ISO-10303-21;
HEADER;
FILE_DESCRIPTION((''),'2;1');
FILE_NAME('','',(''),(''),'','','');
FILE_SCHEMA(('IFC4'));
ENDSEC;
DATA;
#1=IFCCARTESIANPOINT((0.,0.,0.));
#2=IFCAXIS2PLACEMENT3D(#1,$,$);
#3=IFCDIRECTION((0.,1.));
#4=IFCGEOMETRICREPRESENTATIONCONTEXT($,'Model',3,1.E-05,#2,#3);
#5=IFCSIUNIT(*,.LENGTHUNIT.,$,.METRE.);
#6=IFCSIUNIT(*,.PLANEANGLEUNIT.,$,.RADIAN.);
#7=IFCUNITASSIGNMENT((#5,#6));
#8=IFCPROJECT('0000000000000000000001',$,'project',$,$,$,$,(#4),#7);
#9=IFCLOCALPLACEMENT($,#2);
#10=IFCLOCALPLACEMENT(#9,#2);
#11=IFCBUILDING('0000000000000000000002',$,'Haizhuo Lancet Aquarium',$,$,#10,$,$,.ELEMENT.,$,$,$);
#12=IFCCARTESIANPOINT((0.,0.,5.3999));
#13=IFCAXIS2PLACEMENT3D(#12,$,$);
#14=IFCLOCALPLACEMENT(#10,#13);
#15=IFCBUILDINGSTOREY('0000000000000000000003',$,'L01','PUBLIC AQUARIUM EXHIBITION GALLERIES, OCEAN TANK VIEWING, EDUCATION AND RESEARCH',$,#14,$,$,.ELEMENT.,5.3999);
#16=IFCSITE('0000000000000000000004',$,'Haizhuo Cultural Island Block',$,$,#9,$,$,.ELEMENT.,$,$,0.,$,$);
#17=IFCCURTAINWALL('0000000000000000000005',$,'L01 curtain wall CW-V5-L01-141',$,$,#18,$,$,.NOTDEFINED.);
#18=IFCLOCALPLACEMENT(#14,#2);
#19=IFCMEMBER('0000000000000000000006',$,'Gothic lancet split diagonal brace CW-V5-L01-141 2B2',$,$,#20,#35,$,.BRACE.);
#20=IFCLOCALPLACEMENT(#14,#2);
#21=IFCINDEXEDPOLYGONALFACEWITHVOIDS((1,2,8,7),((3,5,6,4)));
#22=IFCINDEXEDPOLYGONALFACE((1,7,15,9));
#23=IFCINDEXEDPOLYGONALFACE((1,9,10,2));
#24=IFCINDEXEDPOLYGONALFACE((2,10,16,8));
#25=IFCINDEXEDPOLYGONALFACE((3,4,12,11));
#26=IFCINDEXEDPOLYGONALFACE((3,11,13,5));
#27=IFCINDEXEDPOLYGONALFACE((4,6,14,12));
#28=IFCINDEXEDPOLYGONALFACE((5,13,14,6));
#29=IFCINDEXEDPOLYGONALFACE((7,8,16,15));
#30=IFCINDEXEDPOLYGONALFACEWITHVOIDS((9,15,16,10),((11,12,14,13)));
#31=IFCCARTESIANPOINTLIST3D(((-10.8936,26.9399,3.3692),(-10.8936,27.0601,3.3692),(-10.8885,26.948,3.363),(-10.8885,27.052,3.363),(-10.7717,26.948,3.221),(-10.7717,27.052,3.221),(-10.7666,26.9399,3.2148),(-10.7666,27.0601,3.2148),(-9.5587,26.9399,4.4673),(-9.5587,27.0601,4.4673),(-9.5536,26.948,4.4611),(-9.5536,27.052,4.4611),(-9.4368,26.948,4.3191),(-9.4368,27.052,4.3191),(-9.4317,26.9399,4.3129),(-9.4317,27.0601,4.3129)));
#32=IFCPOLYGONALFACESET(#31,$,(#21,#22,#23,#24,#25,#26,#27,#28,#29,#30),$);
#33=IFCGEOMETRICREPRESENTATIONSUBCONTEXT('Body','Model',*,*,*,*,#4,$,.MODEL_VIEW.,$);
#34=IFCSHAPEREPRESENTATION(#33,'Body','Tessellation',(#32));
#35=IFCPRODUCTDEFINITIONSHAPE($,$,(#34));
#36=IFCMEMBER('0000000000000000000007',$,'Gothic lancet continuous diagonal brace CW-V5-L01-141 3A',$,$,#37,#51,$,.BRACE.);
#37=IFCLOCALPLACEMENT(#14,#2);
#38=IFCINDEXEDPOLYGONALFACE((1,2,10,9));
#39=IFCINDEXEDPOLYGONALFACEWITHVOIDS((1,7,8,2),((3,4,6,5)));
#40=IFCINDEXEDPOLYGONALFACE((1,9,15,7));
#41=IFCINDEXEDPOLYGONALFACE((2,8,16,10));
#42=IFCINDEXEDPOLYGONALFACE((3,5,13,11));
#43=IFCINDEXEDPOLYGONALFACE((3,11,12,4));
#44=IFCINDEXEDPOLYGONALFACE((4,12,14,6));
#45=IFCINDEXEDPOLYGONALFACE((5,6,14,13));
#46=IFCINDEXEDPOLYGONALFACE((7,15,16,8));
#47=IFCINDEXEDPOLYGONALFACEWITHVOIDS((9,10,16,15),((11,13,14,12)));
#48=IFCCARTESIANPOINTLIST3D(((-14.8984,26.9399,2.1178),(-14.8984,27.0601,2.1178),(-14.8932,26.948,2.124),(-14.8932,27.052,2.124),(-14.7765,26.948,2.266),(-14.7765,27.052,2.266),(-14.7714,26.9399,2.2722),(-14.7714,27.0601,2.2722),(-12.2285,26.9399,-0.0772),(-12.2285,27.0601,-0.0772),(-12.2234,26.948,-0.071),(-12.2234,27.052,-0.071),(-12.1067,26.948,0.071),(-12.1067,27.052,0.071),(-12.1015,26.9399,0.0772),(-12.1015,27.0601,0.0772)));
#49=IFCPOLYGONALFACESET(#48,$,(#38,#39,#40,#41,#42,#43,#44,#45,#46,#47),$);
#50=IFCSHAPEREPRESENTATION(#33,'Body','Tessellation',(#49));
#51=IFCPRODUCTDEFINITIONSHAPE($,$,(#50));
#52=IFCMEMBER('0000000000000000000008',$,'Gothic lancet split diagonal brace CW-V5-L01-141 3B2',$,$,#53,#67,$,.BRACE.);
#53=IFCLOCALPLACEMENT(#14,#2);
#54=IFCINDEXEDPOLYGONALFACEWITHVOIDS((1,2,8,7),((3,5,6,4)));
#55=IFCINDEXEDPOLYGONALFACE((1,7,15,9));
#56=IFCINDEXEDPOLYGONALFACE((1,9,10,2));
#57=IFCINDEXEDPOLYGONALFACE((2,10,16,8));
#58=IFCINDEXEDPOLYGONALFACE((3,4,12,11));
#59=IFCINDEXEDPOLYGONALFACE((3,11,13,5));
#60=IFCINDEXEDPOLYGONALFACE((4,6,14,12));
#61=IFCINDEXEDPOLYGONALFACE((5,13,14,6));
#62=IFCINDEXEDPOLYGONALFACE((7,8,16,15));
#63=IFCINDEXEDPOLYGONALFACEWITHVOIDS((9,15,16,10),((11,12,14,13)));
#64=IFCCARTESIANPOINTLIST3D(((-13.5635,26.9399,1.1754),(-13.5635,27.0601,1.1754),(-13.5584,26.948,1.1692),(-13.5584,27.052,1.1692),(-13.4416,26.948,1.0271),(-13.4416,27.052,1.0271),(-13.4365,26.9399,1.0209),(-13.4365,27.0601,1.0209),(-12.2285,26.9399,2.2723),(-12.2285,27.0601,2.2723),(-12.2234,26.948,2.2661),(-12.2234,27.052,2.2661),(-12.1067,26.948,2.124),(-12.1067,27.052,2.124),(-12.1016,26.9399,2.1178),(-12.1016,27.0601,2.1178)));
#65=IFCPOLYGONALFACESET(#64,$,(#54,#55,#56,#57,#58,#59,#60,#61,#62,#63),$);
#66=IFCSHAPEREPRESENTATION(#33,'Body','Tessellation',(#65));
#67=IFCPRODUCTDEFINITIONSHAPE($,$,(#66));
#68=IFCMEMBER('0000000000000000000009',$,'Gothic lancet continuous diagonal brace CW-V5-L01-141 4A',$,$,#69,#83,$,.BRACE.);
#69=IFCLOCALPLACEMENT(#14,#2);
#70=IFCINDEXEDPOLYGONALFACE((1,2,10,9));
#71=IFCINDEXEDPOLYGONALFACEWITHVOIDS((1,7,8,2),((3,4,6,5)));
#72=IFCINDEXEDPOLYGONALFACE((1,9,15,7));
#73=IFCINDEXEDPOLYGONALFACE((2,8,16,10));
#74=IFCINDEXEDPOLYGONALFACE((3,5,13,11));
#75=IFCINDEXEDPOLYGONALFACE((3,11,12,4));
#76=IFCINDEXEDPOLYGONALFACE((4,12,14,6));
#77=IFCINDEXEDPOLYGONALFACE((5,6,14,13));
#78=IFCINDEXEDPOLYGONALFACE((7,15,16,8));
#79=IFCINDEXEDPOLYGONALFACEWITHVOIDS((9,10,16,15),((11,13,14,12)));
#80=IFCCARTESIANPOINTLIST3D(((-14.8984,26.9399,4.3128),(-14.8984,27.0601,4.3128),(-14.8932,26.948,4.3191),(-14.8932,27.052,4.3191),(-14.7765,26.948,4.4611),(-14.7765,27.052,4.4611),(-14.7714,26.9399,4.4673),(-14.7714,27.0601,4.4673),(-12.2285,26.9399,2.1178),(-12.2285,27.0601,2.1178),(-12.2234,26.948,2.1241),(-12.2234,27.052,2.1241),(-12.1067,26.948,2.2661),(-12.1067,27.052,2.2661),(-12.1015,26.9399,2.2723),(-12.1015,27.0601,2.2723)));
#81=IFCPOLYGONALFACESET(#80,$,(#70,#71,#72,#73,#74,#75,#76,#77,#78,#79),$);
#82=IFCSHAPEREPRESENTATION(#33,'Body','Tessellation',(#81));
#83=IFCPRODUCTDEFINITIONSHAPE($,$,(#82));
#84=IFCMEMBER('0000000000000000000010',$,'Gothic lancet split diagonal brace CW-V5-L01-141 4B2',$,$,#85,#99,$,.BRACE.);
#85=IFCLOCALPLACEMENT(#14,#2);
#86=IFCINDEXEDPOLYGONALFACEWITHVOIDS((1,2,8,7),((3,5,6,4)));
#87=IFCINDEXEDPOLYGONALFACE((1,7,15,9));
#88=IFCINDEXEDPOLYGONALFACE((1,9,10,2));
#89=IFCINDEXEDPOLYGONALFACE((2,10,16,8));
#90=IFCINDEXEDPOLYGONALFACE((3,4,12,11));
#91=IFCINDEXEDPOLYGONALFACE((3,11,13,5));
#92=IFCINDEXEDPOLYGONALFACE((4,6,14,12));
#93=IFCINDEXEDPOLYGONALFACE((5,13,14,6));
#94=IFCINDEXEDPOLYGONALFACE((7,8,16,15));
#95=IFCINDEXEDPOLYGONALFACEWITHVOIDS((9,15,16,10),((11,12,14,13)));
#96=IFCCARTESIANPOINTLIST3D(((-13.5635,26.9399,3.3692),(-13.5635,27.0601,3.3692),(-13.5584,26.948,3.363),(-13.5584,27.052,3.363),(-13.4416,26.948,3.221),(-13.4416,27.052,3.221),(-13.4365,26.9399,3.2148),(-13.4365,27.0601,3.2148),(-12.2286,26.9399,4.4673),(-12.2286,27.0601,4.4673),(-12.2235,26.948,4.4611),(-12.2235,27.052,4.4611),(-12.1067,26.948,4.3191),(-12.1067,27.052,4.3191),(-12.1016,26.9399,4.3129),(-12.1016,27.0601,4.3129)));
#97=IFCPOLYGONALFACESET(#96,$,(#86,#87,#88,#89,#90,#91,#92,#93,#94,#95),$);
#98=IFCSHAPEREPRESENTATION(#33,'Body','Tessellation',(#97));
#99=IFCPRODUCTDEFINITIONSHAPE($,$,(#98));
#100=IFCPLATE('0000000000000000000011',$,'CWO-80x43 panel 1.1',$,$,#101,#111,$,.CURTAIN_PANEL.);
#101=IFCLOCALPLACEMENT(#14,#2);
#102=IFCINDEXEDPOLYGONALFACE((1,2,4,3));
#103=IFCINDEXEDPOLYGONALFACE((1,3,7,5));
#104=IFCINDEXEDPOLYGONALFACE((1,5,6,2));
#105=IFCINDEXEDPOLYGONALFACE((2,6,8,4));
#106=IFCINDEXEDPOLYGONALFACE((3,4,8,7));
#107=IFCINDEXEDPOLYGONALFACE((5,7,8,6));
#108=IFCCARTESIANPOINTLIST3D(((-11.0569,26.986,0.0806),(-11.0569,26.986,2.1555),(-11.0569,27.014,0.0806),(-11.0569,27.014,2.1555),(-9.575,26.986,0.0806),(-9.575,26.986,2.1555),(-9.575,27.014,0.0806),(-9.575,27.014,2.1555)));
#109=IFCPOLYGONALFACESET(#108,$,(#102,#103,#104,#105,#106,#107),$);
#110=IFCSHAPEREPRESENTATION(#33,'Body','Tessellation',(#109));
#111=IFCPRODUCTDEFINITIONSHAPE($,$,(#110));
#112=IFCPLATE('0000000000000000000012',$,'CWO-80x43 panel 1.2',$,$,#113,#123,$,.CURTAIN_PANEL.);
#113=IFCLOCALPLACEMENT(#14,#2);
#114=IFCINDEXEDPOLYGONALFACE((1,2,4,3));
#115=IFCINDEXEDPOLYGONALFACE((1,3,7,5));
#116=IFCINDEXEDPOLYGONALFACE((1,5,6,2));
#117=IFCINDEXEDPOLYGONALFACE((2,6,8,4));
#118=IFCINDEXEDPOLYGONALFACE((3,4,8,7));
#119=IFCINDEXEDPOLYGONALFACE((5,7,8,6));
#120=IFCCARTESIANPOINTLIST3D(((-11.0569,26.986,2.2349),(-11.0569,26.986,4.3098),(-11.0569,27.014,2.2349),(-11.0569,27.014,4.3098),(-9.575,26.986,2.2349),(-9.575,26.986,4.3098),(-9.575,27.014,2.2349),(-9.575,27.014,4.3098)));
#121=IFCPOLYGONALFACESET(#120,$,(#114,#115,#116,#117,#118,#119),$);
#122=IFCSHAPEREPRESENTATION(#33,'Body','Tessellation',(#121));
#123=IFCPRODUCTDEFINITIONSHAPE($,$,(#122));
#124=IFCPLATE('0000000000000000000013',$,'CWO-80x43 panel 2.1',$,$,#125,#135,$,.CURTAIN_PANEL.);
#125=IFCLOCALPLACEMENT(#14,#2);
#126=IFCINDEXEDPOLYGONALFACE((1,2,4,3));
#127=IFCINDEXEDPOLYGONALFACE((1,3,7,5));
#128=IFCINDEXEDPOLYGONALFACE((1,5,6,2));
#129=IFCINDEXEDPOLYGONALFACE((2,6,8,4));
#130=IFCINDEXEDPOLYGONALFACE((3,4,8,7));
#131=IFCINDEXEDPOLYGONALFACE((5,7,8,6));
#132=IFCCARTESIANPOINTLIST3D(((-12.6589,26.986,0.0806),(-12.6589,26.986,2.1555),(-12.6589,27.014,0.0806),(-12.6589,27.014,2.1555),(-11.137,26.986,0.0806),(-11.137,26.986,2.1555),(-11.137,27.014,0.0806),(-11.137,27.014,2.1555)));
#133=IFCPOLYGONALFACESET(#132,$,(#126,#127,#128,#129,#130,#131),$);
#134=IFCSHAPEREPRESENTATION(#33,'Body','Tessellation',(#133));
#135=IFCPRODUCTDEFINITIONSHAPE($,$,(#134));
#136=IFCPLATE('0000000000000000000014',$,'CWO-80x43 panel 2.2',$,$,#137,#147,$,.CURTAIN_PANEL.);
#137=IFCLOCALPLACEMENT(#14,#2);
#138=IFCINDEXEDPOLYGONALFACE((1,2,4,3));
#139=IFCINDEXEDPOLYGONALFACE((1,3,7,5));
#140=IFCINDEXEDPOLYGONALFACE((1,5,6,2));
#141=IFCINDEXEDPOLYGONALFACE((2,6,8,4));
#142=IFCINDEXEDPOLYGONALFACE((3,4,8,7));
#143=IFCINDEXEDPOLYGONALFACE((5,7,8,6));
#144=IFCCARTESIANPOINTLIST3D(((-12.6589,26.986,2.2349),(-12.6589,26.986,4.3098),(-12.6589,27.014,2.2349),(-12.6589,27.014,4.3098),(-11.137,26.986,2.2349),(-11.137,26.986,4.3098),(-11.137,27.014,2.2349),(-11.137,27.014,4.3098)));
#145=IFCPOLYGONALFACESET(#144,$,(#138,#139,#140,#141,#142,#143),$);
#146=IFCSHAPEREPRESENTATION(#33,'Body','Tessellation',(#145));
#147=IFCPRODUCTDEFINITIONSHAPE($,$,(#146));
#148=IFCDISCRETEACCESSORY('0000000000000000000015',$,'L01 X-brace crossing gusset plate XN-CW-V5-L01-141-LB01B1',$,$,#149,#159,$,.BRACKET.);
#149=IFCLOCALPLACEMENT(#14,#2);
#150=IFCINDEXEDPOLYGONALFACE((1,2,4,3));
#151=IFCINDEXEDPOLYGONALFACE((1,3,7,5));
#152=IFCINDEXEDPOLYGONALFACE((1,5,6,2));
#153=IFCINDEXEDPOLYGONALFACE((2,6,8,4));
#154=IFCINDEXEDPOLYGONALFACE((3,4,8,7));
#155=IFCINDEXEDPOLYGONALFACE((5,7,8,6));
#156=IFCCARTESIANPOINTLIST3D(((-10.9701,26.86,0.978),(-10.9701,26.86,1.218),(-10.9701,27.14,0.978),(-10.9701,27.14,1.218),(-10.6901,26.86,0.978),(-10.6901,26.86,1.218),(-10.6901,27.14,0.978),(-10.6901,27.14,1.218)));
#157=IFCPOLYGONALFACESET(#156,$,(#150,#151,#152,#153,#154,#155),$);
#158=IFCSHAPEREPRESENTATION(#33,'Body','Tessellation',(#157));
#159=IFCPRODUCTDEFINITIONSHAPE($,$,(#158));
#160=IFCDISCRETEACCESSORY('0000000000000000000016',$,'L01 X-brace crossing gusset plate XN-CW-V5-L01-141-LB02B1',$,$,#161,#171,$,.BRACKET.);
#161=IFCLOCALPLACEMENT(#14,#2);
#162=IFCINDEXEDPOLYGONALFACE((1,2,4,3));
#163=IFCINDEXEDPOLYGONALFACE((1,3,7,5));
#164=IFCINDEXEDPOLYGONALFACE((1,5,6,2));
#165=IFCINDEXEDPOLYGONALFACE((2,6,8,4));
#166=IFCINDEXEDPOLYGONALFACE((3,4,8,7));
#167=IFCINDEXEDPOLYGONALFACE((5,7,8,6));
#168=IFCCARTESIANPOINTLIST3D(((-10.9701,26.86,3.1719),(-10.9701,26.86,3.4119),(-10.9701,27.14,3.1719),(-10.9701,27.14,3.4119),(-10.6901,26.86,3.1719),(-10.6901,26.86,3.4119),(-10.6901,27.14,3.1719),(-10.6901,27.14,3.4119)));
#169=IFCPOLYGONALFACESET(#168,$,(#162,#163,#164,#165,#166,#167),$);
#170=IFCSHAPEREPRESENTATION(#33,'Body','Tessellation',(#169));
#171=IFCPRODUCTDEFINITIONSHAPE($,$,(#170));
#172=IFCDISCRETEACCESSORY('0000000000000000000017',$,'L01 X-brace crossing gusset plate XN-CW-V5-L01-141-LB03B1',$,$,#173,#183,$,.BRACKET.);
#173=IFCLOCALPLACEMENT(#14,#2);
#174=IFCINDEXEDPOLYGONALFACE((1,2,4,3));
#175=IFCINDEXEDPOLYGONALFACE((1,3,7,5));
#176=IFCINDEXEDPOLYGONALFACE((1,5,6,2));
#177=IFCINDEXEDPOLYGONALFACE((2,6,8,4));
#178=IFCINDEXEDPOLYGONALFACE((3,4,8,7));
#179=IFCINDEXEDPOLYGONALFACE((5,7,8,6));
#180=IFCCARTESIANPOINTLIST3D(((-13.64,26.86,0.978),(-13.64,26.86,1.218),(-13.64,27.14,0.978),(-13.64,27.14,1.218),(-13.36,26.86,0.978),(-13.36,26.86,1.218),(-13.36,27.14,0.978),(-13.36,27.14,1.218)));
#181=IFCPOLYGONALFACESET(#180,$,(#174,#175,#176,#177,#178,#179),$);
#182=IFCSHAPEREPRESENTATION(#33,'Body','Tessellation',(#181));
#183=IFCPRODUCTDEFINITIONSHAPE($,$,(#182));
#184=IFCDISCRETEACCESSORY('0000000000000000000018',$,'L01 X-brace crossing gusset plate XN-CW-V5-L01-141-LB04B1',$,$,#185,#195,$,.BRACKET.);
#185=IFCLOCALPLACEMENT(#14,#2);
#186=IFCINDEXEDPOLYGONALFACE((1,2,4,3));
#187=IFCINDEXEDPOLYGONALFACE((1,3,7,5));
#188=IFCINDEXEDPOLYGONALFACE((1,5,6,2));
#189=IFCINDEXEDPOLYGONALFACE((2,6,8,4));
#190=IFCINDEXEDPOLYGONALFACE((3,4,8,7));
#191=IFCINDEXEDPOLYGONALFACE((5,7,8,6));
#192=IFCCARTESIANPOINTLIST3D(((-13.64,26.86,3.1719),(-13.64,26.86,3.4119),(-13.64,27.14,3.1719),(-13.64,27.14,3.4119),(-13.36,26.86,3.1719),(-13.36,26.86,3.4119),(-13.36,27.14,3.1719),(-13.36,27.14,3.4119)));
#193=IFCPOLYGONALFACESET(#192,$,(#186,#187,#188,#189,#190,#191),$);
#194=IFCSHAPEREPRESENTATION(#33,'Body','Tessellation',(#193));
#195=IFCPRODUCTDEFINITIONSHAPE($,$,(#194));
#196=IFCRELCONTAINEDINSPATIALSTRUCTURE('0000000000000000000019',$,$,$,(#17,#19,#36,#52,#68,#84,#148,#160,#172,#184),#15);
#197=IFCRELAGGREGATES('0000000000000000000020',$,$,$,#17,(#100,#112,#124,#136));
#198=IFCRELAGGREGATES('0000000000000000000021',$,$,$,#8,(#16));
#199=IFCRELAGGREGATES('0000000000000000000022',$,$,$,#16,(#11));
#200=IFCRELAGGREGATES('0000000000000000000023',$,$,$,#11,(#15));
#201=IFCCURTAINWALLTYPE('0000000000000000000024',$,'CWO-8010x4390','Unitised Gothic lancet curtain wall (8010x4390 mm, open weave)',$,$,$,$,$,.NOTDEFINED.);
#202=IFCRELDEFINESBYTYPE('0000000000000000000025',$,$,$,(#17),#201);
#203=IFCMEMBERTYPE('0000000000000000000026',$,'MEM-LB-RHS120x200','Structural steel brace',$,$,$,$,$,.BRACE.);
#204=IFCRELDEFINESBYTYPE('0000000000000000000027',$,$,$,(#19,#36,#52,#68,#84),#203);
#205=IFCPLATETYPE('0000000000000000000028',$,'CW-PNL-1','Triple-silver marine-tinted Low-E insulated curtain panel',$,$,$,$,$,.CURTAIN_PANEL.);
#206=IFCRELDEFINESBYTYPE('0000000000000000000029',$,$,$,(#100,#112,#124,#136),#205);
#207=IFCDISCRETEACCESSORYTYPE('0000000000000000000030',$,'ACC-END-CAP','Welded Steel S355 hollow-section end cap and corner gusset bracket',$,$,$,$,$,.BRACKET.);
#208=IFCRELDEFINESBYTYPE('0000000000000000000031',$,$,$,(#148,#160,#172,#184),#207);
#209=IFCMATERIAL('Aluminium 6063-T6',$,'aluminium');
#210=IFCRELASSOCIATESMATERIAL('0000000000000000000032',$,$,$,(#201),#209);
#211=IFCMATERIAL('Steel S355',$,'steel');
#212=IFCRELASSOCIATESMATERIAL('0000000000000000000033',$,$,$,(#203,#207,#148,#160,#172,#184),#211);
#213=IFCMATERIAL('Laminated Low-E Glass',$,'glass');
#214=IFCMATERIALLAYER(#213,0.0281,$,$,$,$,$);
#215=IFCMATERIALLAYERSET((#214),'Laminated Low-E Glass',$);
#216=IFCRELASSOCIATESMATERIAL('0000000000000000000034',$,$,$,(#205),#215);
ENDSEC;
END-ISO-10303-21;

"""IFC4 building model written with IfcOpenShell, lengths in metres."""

from ifc_helpers import new_model, si_unit, direction, frame, origin, origin_2d, place, context, subcontext, project, spatial, rectangle, hollow_rectangle, extrude, material, layer, layer_set, material_profile, profile_set, type_object, element, aggregate, save


model = new_model("IFC4")

# Units and contexts
model_context = context("Model", 3, precision=1e-05, world=origin(), true_north=direction((0.0, 1.0)))
body_context = subcontext(model_context, "Body", "Model", "MODEL_VIEW")
ifc_project = project(units=[si_unit("LENGTHUNIT", "METRE"), si_unit("PLANEANGLEUNIT", "RADIAN")], contexts=[model_context])

# Site, building, storey
site_placement = place(None, origin())
site = spatial("IfcSite", under=ifc_project, at=site_placement, Name="Haizhuo Cultural Island Block", CompositionType="ELEMENT", RefElevation=0.0)
building_placement = place(site_placement, origin())
building = spatial("IfcBuilding", under=site, at=building_placement, Name="Haizhuo Lancet Aquarium", CompositionType="ELEMENT")
storey_placement = place(building_placement, frame((0.0, 0.0, 5.3999)))
storey = spatial("IfcBuildingStorey", under=building, at=storey_placement, Name="L01", Description="PUBLIC AQUARIUM EXHIBITION GALLERIES, OCEAN TANK VIEWING, EDUCATION AND RESEARCH", CompositionType="ELEMENT", Elevation=5.3999)

# Curtain wall
ifc_material_1 = material(Name="Aluminium 6063-T6", Category="aluminium")
curtain_wall_type = type_object("IfcCurtainWallType", Name="CWO-8010x4390", Description="Unitised Gothic lancet curtain wall (8010x4390 mm, open weave)", PredefinedType="NOTDEFINED", material=ifc_material_1)
curtain_wall_placement = place(storey_placement, origin())
curtain_wall = element("IfcCurtainWall", 1, at=curtain_wall_placement, inside=storey, type_object=curtain_wall_type, Name="L01 curtain wall CW-V5-L01-141", PredefinedType="NOTDEFINED")

# Members
ifc_material_2 = material(Name="Steel S355", Category="steel")
ifc_material_profile_1 = material_profile(ifc_material_2, hollow_rectangle(XDim=0.1201, YDim=0.2, WallThickness=0.0081, at=origin_2d()), Name="RHS 120x200x8")
ifc_profile_set_1 = profile_set([ifc_material_profile_1], Name="Steel S355")
member_type_1 = type_object("IfcMemberType", Name="MEM-LB-RHS120x200", Description="Structural steel brace", PredefinedType="BRACE", material=ifc_profile_set_1)
member_1_placement = place(storey_placement, frame((-10.8301, 27.0, 3.292), z_axis=(0.772281, 0.0, 0.635281), x_axis=(0.0, 1.0, 0.0)))
element("IfcMember", 2, at=member_1_placement, inside=storey, type_object=member_type_1, Name="Gothic lancet split diagonal brace CW-V5-L01-141 2B2", PredefinedType="BRACE", context=body_context, shape_type="SweptSolid", body=[
    extrude(hollow_rectangle(XDim=0.1201, YDim=0.2, WallThickness=0.0081, at=origin_2d()), origin(), (0.0, 0.0, 1.0), 1.7285),
])
member_2_placement = place(storey_placement, frame((-12.165, 27.0, 0.0), z_axis=(-0.772454, 0.0, 0.635071), x_axis=(0.0, -1.0, 0.0)))
element("IfcMember", 3, at=member_2_placement, inside=storey, type_object=member_type_1, Name="Gothic lancet continuous diagonal brace CW-V5-L01-141 3A", PredefinedType="BRACE", context=body_context, shape_type="SweptSolid", body=[
    extrude(hollow_rectangle(XDim=0.1201, YDim=0.2, WallThickness=0.0081, at=origin_2d()), origin(), (0.0, 0.0, 1.0), 3.4563),
])
member_3_placement = place(storey_placement, frame((-13.5, 27.0, 1.0981), z_axis=(0.772627, 0.0, 0.63486), x_axis=(0.0, 1.0, 0.0)))
element("IfcMember", 4, at=member_3_placement, inside=storey, type_object=member_type_1, Name="Gothic lancet split diagonal brace CW-V5-L01-141 3B2", PredefinedType="BRACE", context=body_context, shape_type="SweptSolid", body=[
    extrude(hollow_rectangle(XDim=0.1201, YDim=0.2, WallThickness=0.0081, at=origin_2d()), origin(), (0.0, 0.0, 1.0), 1.7278),
])
member_4_placement = place(storey_placement, frame((-12.165, 27.0, 2.1951), z_axis=(-0.772454, 0.0, 0.635071), x_axis=(0.0, -1.0, 0.0)))
element("IfcMember", 5, at=member_4_placement, inside=storey, type_object=member_type_1, Name="Gothic lancet continuous diagonal brace CW-V5-L01-141 4A", PredefinedType="BRACE", context=body_context, shape_type="SweptSolid", body=[
    extrude(hollow_rectangle(XDim=0.1201, YDim=0.2, WallThickness=0.0081, at=origin_2d()), origin(), (0.0, 0.0, 1.0), 3.4563),
])
member_5_placement = place(storey_placement, frame((-13.5, 27.0, 3.292), z_axis=(0.772281, 0.0, 0.635281), x_axis=(0.0, 1.0, 0.0)))
element("IfcMember", 6, at=member_5_placement, inside=storey, type_object=member_type_1, Name="Gothic lancet split diagonal brace CW-V5-L01-141 4B2", PredefinedType="BRACE", context=body_context, shape_type="SweptSolid", body=[
    extrude(hollow_rectangle(XDim=0.1201, YDim=0.2, WallThickness=0.0081, at=origin_2d()), origin(), (0.0, 0.0, 1.0), 1.7285),
])

# Plates
ifc_material_3 = material(Name="Laminated Low-E Glass", Category="glass")
ifc_layer = layer(ifc_material_3, 0.0281)
ifc_layer_set = layer_set([ifc_layer], Name="Laminated Low-E Glass")
plate_type = type_object("IfcPlateType", Name="CW-PNL-1", Description="Triple-silver marine-tinted Low-E insulated curtain panel", PredefinedType="CURTAIN_PANEL", material=ifc_layer_set)
plate_1_placement = place(storey_placement, frame((-10.3159, 27.0, 0.0806), z_axis=(0.0, 0.0, 1.0), x_axis=(-1.0, 0.0, 0.0)))
plate_1 = element("IfcPlate", 7, at=plate_1_placement, type_object=plate_type, Name="CWO-80x43 panel 1.1", PredefinedType="CURTAIN_PANEL", context=body_context, shape_type="SweptSolid", body=[
    extrude(rectangle(XDim=1.4819, YDim=0.0281, at=origin_2d()), origin(), (0.0, 0.0, 1.0), 2.075),
])
plate_2_placement = place(storey_placement, frame((-10.3159, 27.0, 2.2349), z_axis=(0.0, 0.0, 1.0), x_axis=(-1.0, 0.0, 0.0)))
plate_2 = element("IfcPlate", 8, at=plate_2_placement, type_object=plate_type, Name="CWO-80x43 panel 1.2", PredefinedType="CURTAIN_PANEL", context=body_context, shape_type="SweptSolid", body=[
    extrude(rectangle(XDim=1.4819, YDim=0.0281, at=origin_2d()), origin(), (0.0, 0.0, 1.0), 2.075),
])
plate_3_placement = place(storey_placement, frame((-11.8979, 27.0, 0.0806), z_axis=(0.0, 0.0, 1.0), x_axis=(-1.0, 0.0, 0.0)))
plate_3 = element("IfcPlate", 9, at=plate_3_placement, type_object=plate_type, Name="CWO-80x43 panel 2.1", PredefinedType="CURTAIN_PANEL", context=body_context, shape_type="SweptSolid", body=[
    extrude(rectangle(XDim=1.522, YDim=0.0281, at=origin_2d()), origin(), (0.0, 0.0, 1.0), 2.075),
])
plate_4_placement = place(storey_placement, frame((-11.8979, 27.0, 2.2349), z_axis=(0.0, 0.0, 1.0), x_axis=(-1.0, 0.0, 0.0)))
plate_4 = element("IfcPlate", 10, at=plate_4_placement, type_object=plate_type, Name="CWO-80x43 panel 2.2", PredefinedType="CURTAIN_PANEL", context=body_context, shape_type="SweptSolid", body=[
    extrude(rectangle(XDim=1.522, YDim=0.0281, at=origin_2d()), origin(), (0.0, 0.0, 1.0), 2.075),
])
aggregate(curtain_wall, [plate_1, plate_2, plate_3, plate_4])

# Discrete accessories
discrete_accessory_type = type_object("IfcDiscreteAccessoryType", Name="ACC-END-CAP", Description="Welded Steel S355 hollow-section end cap and corner gusset bracket", PredefinedType="BRACKET", material=ifc_material_2)
for number, where, z_axis, x_axis, name in (
    (11, (-10.8301, 27.0, 0.978), (0.0, 0.0, 1.0), (1.0, 0.0, 0.0), "L01 X-brace crossing gusset plate XN-CW-V5-L01-141-LB01B1"),
    (12, (-10.8301, 27.0, 3.1719), (0.0, 0.0, 1.0), (1.0, 0.0, 0.0), "L01 X-brace crossing gusset plate XN-CW-V5-L01-141-LB02B1"),
    (13, (-13.5, 27.0, 0.978), (0.0, 0.0, 1.0), (1.0, 0.0, 0.0), "L01 X-brace crossing gusset plate XN-CW-V5-L01-141-LB03B1"),
    (14, (-13.5, 27.0, 3.1719), (0.0, 0.0, 1.0), (1.0, 0.0, 0.0), "L01 X-brace crossing gusset plate XN-CW-V5-L01-141-LB04B1"),
):
    element("IfcDiscreteAccessory", number, at=place(storey_placement, frame(where, z_axis=z_axis, x_axis=x_axis)), inside=storey, type_object=discrete_accessory_type, material=ifc_material_2, Name=name, PredefinedType="BRACKET", context=body_context, shape_type="SweptSolid", body=[
        extrude(rectangle(XDim=0.28, YDim=0.28, at=origin_2d()), origin(), (0.0, 0.0, 1.0), 0.24),
    ])

save(model, "model.ifc")
